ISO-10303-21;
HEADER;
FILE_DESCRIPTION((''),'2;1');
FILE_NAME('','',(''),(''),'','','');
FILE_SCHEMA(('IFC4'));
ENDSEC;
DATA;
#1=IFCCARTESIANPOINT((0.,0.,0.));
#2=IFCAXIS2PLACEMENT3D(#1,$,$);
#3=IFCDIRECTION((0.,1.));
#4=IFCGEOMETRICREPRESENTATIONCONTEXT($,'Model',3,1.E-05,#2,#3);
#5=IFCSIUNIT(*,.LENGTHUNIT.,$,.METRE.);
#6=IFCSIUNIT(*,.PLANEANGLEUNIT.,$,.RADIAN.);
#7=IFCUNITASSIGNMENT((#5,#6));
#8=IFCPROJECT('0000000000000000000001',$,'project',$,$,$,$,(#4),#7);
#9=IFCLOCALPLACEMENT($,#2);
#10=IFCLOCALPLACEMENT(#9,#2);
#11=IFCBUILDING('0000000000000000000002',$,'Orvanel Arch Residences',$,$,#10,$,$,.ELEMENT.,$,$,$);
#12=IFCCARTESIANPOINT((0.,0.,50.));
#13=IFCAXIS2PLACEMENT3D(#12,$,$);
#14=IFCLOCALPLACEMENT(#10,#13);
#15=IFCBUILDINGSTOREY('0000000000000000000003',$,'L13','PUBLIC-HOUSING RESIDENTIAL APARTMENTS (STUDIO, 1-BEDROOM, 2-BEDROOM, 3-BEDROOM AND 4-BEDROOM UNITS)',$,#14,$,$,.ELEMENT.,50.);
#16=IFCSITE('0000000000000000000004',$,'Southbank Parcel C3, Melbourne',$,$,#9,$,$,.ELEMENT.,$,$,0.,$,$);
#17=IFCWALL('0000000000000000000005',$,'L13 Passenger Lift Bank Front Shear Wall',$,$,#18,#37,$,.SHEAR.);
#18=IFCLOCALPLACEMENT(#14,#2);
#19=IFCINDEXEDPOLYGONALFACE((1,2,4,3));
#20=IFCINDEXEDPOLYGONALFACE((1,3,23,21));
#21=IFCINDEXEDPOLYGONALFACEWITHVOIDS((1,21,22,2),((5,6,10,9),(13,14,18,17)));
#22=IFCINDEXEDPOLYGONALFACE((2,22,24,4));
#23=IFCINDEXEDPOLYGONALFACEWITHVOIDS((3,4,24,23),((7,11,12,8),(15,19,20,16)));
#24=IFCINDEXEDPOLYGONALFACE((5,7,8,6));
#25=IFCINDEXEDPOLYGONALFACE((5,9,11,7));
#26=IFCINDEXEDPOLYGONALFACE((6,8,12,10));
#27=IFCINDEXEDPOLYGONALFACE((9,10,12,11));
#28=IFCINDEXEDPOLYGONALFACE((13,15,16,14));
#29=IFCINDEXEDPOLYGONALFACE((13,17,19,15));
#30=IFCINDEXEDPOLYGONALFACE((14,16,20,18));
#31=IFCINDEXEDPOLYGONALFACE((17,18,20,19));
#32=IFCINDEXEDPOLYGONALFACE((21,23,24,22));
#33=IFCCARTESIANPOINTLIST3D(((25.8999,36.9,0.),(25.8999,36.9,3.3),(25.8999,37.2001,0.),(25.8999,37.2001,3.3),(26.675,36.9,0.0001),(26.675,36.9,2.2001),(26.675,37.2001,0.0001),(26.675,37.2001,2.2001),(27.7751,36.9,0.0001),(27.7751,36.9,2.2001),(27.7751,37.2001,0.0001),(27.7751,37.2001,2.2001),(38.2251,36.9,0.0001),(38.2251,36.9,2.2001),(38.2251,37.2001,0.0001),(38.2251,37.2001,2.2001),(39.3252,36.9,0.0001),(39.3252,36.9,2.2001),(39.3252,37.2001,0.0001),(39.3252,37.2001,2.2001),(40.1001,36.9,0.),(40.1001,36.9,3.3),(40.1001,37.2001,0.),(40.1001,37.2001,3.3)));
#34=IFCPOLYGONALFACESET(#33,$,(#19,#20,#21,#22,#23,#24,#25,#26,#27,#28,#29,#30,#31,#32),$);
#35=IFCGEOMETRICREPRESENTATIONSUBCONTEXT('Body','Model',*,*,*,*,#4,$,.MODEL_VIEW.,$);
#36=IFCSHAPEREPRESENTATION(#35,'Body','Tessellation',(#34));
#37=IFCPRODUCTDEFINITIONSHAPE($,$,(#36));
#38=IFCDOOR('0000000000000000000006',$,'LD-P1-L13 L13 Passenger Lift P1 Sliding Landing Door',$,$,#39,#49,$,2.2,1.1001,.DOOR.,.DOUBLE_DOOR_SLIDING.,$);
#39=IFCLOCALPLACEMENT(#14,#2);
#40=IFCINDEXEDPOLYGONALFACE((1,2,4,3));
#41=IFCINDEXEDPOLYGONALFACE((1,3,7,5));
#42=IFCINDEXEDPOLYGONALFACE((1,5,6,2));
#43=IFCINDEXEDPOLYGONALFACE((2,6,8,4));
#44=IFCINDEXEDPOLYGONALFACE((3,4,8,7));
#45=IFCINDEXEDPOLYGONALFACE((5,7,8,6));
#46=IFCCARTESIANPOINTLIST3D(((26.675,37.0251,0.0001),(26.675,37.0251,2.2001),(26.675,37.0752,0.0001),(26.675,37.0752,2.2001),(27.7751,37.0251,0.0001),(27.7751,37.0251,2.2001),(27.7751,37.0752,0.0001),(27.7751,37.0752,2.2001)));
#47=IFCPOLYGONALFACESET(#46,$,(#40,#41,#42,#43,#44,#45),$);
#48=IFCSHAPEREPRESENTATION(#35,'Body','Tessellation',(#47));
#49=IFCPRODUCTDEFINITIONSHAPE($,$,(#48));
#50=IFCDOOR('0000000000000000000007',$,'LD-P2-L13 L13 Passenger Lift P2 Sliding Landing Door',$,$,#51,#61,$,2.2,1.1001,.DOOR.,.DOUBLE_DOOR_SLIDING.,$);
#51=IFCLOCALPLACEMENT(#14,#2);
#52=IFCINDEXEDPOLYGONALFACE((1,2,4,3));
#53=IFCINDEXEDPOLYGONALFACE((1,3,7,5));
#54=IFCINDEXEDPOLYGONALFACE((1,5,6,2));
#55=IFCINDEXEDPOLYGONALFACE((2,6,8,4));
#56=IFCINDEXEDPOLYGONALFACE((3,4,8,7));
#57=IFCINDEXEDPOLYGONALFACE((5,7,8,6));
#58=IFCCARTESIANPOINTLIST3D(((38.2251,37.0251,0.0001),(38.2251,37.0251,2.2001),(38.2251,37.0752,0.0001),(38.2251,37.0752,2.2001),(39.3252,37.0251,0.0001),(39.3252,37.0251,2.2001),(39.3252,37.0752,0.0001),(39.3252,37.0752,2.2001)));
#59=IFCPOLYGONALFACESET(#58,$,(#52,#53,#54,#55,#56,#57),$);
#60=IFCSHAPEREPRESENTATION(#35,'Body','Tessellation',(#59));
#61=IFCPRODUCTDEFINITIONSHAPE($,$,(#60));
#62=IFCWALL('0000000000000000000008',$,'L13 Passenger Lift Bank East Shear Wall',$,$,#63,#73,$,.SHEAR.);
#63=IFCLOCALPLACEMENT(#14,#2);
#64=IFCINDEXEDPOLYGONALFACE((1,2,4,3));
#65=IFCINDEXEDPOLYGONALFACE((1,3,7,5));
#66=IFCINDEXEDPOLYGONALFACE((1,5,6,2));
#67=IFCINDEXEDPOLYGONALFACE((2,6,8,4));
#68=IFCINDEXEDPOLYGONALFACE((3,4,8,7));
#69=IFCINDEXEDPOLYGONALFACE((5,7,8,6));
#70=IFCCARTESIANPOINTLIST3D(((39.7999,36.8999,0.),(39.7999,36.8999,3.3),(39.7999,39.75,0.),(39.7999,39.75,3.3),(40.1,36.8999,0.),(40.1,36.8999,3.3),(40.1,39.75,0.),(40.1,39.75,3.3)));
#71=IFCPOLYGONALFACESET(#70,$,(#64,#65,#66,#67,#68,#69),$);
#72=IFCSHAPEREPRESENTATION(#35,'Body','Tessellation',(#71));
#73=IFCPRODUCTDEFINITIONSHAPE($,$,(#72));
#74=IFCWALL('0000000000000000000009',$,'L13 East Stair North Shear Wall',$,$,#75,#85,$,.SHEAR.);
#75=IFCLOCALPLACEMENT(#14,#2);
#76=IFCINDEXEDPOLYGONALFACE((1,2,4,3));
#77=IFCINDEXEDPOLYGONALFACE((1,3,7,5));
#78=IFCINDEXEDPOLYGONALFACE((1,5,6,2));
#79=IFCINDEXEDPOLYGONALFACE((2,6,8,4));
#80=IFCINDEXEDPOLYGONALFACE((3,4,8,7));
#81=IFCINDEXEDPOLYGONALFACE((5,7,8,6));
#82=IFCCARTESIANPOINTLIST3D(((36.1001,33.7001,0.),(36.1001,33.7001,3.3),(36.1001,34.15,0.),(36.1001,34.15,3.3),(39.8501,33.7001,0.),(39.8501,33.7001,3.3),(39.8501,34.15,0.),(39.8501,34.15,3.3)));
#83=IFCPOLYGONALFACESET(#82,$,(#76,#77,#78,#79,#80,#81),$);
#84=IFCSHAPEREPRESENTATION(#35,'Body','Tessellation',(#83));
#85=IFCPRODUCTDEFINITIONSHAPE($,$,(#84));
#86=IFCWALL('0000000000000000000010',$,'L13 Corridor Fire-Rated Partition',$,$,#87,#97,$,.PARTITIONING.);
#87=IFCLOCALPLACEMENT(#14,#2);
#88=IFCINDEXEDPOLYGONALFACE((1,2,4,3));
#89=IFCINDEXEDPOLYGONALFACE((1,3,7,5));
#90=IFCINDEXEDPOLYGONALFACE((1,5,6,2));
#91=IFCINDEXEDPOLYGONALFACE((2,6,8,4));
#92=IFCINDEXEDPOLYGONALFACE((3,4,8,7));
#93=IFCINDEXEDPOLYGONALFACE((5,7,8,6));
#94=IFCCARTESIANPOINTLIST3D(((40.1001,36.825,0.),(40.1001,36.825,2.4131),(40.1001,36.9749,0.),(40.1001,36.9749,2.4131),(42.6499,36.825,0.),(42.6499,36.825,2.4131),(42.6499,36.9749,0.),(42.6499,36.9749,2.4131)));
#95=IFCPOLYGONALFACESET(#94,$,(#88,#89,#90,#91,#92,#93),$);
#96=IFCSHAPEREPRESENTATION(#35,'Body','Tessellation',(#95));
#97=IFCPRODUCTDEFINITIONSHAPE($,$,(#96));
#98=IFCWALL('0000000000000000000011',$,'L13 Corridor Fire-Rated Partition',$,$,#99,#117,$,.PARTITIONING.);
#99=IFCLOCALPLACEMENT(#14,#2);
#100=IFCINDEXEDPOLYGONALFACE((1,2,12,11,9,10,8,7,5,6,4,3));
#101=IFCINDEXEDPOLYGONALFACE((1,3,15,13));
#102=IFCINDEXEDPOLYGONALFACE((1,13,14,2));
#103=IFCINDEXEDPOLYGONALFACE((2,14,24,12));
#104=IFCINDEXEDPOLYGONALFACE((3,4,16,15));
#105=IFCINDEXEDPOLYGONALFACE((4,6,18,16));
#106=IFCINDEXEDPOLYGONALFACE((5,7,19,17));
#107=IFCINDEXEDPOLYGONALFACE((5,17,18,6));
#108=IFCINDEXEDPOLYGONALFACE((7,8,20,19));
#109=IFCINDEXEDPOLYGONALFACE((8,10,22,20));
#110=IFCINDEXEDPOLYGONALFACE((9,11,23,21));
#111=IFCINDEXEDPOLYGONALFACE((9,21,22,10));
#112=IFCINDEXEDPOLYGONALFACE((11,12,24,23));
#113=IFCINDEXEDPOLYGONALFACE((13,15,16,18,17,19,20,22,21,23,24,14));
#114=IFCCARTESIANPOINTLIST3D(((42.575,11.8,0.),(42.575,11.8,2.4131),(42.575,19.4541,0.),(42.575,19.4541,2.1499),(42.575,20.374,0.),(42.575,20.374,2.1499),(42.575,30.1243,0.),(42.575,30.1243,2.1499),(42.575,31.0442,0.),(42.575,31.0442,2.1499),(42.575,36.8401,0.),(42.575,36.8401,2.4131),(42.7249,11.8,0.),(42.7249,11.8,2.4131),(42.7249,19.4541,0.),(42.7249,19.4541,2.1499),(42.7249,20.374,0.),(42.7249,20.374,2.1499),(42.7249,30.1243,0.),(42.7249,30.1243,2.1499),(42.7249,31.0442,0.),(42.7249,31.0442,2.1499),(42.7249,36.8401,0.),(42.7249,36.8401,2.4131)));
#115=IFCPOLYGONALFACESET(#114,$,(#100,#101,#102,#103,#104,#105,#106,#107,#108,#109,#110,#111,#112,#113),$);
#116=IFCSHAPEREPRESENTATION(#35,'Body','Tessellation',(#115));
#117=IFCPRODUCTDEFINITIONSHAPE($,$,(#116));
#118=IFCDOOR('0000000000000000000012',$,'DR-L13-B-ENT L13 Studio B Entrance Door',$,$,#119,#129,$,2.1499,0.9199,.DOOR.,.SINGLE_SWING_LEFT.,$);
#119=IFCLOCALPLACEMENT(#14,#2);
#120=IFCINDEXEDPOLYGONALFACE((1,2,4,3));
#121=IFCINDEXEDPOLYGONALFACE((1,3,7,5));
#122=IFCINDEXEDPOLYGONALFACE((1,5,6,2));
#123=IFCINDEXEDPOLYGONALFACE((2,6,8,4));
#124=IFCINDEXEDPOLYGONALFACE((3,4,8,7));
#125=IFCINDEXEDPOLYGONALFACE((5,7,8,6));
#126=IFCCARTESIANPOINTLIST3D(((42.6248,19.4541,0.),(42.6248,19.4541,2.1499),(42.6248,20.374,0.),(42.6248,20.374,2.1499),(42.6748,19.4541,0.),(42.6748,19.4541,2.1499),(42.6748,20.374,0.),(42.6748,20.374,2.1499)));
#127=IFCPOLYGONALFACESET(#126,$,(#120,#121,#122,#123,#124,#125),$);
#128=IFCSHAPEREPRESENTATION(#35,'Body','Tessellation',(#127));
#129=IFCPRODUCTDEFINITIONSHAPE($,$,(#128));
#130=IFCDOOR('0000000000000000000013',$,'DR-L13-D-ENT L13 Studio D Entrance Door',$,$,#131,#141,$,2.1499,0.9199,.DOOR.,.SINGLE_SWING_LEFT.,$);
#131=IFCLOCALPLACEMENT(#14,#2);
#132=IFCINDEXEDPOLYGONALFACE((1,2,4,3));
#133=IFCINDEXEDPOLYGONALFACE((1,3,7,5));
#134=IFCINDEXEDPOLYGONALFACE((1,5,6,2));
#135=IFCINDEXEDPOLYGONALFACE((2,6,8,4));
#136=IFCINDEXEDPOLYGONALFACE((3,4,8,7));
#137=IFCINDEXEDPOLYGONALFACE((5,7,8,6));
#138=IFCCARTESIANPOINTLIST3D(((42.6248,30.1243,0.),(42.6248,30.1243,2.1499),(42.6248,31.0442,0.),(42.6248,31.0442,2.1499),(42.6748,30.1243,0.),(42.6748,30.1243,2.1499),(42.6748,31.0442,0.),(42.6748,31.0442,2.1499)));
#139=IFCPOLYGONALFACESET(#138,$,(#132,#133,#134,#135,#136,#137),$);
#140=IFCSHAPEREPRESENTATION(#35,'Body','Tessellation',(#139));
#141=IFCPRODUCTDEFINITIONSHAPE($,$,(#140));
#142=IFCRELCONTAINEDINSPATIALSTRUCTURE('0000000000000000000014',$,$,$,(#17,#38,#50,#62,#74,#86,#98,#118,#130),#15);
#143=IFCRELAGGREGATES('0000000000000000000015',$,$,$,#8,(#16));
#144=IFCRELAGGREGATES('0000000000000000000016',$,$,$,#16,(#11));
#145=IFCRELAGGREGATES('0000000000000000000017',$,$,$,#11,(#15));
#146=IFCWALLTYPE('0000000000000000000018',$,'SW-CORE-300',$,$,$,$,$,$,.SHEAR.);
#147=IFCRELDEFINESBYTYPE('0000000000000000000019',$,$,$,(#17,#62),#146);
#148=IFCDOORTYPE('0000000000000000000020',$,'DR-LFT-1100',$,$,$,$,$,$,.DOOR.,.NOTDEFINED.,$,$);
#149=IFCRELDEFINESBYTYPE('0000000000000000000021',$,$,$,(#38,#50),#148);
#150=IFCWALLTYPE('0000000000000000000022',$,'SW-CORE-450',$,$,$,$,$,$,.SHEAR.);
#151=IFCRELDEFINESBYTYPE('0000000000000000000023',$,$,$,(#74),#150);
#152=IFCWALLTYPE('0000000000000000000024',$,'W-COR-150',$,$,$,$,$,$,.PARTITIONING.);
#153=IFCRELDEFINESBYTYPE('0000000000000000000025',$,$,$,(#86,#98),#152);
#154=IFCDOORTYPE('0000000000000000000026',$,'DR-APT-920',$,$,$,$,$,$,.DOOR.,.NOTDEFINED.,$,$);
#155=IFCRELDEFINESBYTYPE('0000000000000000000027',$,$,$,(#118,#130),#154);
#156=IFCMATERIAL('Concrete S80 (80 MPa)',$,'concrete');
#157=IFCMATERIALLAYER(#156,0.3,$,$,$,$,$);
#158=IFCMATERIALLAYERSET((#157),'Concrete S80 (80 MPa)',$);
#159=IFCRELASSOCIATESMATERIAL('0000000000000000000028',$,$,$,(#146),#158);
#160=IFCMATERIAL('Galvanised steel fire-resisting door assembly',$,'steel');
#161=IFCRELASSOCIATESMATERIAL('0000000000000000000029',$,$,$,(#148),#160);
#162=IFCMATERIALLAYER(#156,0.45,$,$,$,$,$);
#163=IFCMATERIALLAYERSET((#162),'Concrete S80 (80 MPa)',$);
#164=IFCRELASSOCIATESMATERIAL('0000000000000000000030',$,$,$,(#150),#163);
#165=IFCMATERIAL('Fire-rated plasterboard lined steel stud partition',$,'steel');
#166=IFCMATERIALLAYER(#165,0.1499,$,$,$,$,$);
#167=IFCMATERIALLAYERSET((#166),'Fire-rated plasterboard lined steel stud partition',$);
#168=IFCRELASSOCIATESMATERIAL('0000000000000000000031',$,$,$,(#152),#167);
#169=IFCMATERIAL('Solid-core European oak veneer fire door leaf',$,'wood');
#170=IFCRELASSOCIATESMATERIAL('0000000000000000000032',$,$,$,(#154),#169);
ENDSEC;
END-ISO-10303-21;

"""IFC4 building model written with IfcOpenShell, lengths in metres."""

from ifc_helpers import new_model, si_unit, direction, frame, frame_2d, origin, place, context, subcontext, project, spatial, rectangle, extrude, material, layer, layer_set, type_object, element, fill, save


model = new_model("IFC4")

# Units and contexts
model_context = context("Model", 3, precision=1e-05, world=origin(), true_north=direction((0.0, 1.0)))
body_context = subcontext(model_context, "Body", "Model", "MODEL_VIEW")
ifc_project = project(units=[si_unit("LENGTHUNIT", "METRE"), si_unit("PLANEANGLEUNIT", "RADIAN")], contexts=[model_context])

# Site, building, storey
site_placement = place(None, origin())
site = spatial("IfcSite", under=ifc_project, at=site_placement, Name="Southbank Parcel C3, Melbourne", CompositionType="ELEMENT", RefElevation=0.0)
building_placement = place(site_placement, origin())
building = spatial("IfcBuilding", under=site, at=building_placement, Name="Orvanel Arch Residences", CompositionType="ELEMENT")
storey_placement = place(building_placement, frame((0.0, 0.0, 50.0)))
storey = spatial("IfcBuildingStorey", under=building, at=storey_placement, Name="L13", Description="PUBLIC-HOUSING RESIDENTIAL APARTMENTS (STUDIO, 1-BEDROOM, 2-BEDROOM, 3-BEDROOM AND 4-BEDROOM UNITS)", CompositionType="ELEMENT", Elevation=50.0)

# Wall, openings, doors
ifc_material_1 = material(Name="Concrete S80 (80 MPa)", Category="concrete")
ifc_layer_1 = layer(ifc_material_1, 0.3)
ifc_layer_set_1 = layer_set([ifc_layer_1], Name="Concrete S80 (80 MPa)")
wall_type_1 = type_object("IfcWallType", Name="SW-CORE-300", PredefinedType="SHEAR", material=ifc_layer_set_1)
wall_1_placement = place(storey_placement, frame((40.1001, 37.05, 0.0), z_axis=(0.0, 0.0, 1.0), x_axis=(-1.0, 0.0, 0.0)))
wall_1 = element("IfcWall", 1, at=wall_1_placement, inside=storey, type_object=wall_type_1, Name="L13 Passenger Lift Bank Front Shear Wall", PredefinedType="SHEAR", context=body_context, shape_type="SweptSolid", body=[
    extrude(rectangle(XDim=14.2002, YDim=0.3, at=frame_2d((7.1001, 0.0))), origin(), (0.0, 0.0, 1.0), 3.3),
])
opening_1_placement = place(wall_1_placement, frame((12.325, 0.0, 0.0)))
opening_1 = element("IfcOpeningElement", 2, at=opening_1_placement, cuts=wall_1, PredefinedType="OPENING", context=body_context, shape_type="SweptSolid", body=[
    extrude(rectangle(XDim=1.1001, YDim=2.2, at=frame_2d((0.55, 1.1001))), frame((0.0, 0.1599, 0.0), z_axis=(0.0, -1.0, 0.0), x_axis=(1.0, 0.0, 0.0)), (0.0, 0.0, 1.0), 0.3201),
])
opening_2_placement = place(wall_1_placement, frame((0.7749, 0.0, 0.0)))
opening_2 = element("IfcOpeningElement", 3, at=opening_2_placement, cuts=wall_1, PredefinedType="OPENING", context=body_context, shape_type="SweptSolid", body=[
    extrude(rectangle(XDim=1.1001, YDim=2.2, at=frame_2d((0.55, 1.1001))), frame((0.0, 0.1599, 0.0), z_axis=(0.0, -1.0, 0.0), x_axis=(1.0, 0.0, 0.0)), (0.0, 0.0, 1.0), 0.3201),
])
ifc_material_2 = material(Name="Galvanised steel fire-resisting door assembly", Category="steel")
door_type_1 = type_object("IfcDoorType", Name="DR-LFT-1100", OperationType="NOTDEFINED", PredefinedType="DOOR", material=ifc_material_2)
door_1_placement = place(opening_1_placement, origin())
door_1 = element("IfcDoor", 4, at=door_1_placement, inside=storey, type_object=door_type_1, Name="LD-P1-L13 L13 Passenger Lift P1 Sliding Landing Door", OperationType="DOUBLE_DOOR_SLIDING", OverallHeight=2.2, OverallWidth=1.1001, PredefinedType="DOOR", context=body_context, shape_type="SweptSolid", body=[
    extrude(rectangle(XDim=1.1001, YDim=2.2, at=frame_2d((0.55, 1.1001))), frame((0.0, 0.0249, 0.0), z_axis=(0.0, -1.0, 0.0), x_axis=(1.0, 0.0, 0.0)), (0.0, 0.0, 1.0), 0.05),
])
fill(opening_1, door_1)
door_2_placement = place(opening_2_placement, origin())
door_2 = element("IfcDoor", 5, at=door_2_placement, inside=storey, type_object=door_type_1, Name="LD-P2-L13 L13 Passenger Lift P2 Sliding Landing Door", OperationType="DOUBLE_DOOR_SLIDING", OverallHeight=2.2, OverallWidth=1.1001, PredefinedType="DOOR", context=body_context, shape_type="SweptSolid", body=[
    extrude(rectangle(XDim=1.1001, YDim=2.2, at=frame_2d((0.55, 1.1001))), frame((0.0, 0.0249, 0.0), z_axis=(0.0, -1.0, 0.0), x_axis=(1.0, 0.0, 0.0)), (0.0, 0.0, 1.0), 0.05),
])
fill(opening_2, door_2)

# Walls
wall_2_placement = place(storey_placement, frame((39.95, 36.8999, 0.0), z_axis=(0.0, 0.0, 1.0), x_axis=(0.0, 1.0, 0.0)))
element("IfcWall", 6, at=wall_2_placement, inside=storey, type_object=wall_type_1, Name="L13 Passenger Lift Bank East Shear Wall", PredefinedType="SHEAR", context=body_context, shape_type="SweptSolid", body=[
    extrude(rectangle(XDim=2.8501, YDim=0.3, at=frame_2d((1.425, 0.0))), origin(), (0.0, 0.0, 1.0), 3.3),
])
ifc_layer_2 = layer(ifc_material_1, 0.45)
ifc_layer_set_2 = layer_set([ifc_layer_2], Name="Concrete S80 (80 MPa)")
wall_type_2 = type_object("IfcWallType", Name="SW-CORE-450", PredefinedType="SHEAR", material=ifc_layer_set_2)
wall_3_placement = place(storey_placement, frame((36.1001, 33.925, 0.0), z_axis=(0.0, 0.0, 1.0), x_axis=(1.0, 0.0, 0.0)))
element("IfcWall", 7, at=wall_3_placement, inside=storey, type_object=wall_type_2, Name="L13 East Stair North Shear Wall", PredefinedType="SHEAR", context=body_context, shape_type="SweptSolid", body=[
    extrude(rectangle(XDim=3.75, YDim=0.45, at=frame_2d((1.875, 0.0))), origin(), (0.0, 0.0, 1.0), 3.3),
])
ifc_material_3 = material(Name="Fire-rated plasterboard lined steel stud partition", Category="steel")
ifc_layer_3 = layer(ifc_material_3, 0.1499)
ifc_layer_set_3 = layer_set([ifc_layer_3], Name="Fire-rated plasterboard lined steel stud partition")
wall_type_3 = type_object("IfcWallType", Name="W-COR-150", PredefinedType="PARTITIONING", material=ifc_layer_set_3)
wall_4_placement = place(storey_placement, frame((40.1001, 36.8999, 0.0), z_axis=(0.0, 0.0, 1.0), x_axis=(1.0, 0.0, 0.0)))
element("IfcWall", 8, at=wall_4_placement, inside=storey, type_object=wall_type_3, Name="L13 Corridor Fire-Rated Partition", PredefinedType="PARTITIONING", context=body_context, shape_type="SweptSolid", body=[
    extrude(rectangle(XDim=2.5498, YDim=0.1499, at=frame_2d((1.2749, 0.0))), origin(), (0.0, 0.0, 1.0), 2.4131),
])

# Wall, openings, doors
wall_5_placement = place(storey_placement, frame((42.6499, 36.8401, 0.0), z_axis=(0.0, 0.0, 1.0), x_axis=(0.0, -1.0, 0.0)))
wall_5 = element("IfcWall", 9, at=wall_5_placement, inside=storey, type_object=wall_type_3, Name="L13 Corridor Fire-Rated Partition", PredefinedType="PARTITIONING", context=body_context, shape_type="SweptSolid", body=[
    extrude(rectangle(XDim=25.04, YDim=0.1499, at=frame_2d((12.52, 0.0))), origin(), (0.0, 0.0, 1.0), 2.4131),
])
opening_3_placement = place(wall_5_placement, frame((16.4661, 0.0, 0.0)))
opening_3 = element("IfcOpeningElement", 10, at=opening_3_placement, cuts=wall_5, PredefinedType="OPENING", context=body_context, shape_type="SweptSolid", body=[
    extrude(rectangle(XDim=0.9199, YDim=2.1499, at=frame_2d((0.46, 1.075))), frame((0.0, 0.085, 0.0), z_axis=(0.0, -1.0, 0.0), x_axis=(1.0, 0.0, 0.0)), (0.0, 0.0, 1.0), 0.1699),
])
opening_4_placement = place(wall_5_placement, frame((5.7959, 0.0, 0.0)))
opening_4 = element("IfcOpeningElement", 11, at=opening_4_placement, cuts=wall_5, PredefinedType="OPENING", context=body_context, shape_type="SweptSolid", body=[
    extrude(rectangle(XDim=0.9199, YDim=2.1499, at=frame_2d((0.46, 1.075))), frame((0.0, 0.085, 0.0), z_axis=(0.0, -1.0, 0.0), x_axis=(1.0, 0.0, 0.0)), (0.0, 0.0, 1.0), 0.1699),
])
ifc_material_4 = material(Name="Solid-core European oak veneer fire door leaf", Category="wood")
door_type_2 = type_object("IfcDoorType", Name="DR-APT-920", OperationType="NOTDEFINED", PredefinedType="DOOR", material=ifc_material_4)
door_3_placement = place(opening_3_placement, origin())
door_3 = element("IfcDoor", 12, at=door_3_placement, inside=storey, type_object=door_type_2, Name="DR-L13-B-ENT L13 Studio B Entrance Door", OperationType="SINGLE_SWING_LEFT", OverallHeight=2.1499, OverallWidth=0.9199, PredefinedType="DOOR", context=body_context, shape_type="SweptSolid", body=[
    extrude(rectangle(XDim=0.9199, YDim=2.1499, at=frame_2d((0.46, 1.075))), frame((0.0, 0.0249, 0.0), z_axis=(0.0, -1.0, 0.0), x_axis=(1.0, 0.0, 0.0)), (0.0, 0.0, 1.0), 0.05),
])
fill(opening_3, door_3)
door_4_placement = place(opening_4_placement, origin())
door_4 = element("IfcDoor", 13, at=door_4_placement, inside=storey, type_object=door_type_2, Name="DR-L13-D-ENT L13 Studio D Entrance Door", OperationType="SINGLE_SWING_LEFT", OverallHeight=2.1499, OverallWidth=0.9199, PredefinedType="DOOR", context=body_context, shape_type="SweptSolid", body=[
    extrude(rectangle(XDim=0.9199, YDim=2.1499, at=frame_2d((0.46, 1.075))), frame((0.0, 0.0249, 0.0), z_axis=(0.0, -1.0, 0.0), x_axis=(1.0, 0.0, 0.0)), (0.0, 0.0, 1.0), 0.05),
])
fill(opening_4, door_4)

save(model, "model.ifc")
